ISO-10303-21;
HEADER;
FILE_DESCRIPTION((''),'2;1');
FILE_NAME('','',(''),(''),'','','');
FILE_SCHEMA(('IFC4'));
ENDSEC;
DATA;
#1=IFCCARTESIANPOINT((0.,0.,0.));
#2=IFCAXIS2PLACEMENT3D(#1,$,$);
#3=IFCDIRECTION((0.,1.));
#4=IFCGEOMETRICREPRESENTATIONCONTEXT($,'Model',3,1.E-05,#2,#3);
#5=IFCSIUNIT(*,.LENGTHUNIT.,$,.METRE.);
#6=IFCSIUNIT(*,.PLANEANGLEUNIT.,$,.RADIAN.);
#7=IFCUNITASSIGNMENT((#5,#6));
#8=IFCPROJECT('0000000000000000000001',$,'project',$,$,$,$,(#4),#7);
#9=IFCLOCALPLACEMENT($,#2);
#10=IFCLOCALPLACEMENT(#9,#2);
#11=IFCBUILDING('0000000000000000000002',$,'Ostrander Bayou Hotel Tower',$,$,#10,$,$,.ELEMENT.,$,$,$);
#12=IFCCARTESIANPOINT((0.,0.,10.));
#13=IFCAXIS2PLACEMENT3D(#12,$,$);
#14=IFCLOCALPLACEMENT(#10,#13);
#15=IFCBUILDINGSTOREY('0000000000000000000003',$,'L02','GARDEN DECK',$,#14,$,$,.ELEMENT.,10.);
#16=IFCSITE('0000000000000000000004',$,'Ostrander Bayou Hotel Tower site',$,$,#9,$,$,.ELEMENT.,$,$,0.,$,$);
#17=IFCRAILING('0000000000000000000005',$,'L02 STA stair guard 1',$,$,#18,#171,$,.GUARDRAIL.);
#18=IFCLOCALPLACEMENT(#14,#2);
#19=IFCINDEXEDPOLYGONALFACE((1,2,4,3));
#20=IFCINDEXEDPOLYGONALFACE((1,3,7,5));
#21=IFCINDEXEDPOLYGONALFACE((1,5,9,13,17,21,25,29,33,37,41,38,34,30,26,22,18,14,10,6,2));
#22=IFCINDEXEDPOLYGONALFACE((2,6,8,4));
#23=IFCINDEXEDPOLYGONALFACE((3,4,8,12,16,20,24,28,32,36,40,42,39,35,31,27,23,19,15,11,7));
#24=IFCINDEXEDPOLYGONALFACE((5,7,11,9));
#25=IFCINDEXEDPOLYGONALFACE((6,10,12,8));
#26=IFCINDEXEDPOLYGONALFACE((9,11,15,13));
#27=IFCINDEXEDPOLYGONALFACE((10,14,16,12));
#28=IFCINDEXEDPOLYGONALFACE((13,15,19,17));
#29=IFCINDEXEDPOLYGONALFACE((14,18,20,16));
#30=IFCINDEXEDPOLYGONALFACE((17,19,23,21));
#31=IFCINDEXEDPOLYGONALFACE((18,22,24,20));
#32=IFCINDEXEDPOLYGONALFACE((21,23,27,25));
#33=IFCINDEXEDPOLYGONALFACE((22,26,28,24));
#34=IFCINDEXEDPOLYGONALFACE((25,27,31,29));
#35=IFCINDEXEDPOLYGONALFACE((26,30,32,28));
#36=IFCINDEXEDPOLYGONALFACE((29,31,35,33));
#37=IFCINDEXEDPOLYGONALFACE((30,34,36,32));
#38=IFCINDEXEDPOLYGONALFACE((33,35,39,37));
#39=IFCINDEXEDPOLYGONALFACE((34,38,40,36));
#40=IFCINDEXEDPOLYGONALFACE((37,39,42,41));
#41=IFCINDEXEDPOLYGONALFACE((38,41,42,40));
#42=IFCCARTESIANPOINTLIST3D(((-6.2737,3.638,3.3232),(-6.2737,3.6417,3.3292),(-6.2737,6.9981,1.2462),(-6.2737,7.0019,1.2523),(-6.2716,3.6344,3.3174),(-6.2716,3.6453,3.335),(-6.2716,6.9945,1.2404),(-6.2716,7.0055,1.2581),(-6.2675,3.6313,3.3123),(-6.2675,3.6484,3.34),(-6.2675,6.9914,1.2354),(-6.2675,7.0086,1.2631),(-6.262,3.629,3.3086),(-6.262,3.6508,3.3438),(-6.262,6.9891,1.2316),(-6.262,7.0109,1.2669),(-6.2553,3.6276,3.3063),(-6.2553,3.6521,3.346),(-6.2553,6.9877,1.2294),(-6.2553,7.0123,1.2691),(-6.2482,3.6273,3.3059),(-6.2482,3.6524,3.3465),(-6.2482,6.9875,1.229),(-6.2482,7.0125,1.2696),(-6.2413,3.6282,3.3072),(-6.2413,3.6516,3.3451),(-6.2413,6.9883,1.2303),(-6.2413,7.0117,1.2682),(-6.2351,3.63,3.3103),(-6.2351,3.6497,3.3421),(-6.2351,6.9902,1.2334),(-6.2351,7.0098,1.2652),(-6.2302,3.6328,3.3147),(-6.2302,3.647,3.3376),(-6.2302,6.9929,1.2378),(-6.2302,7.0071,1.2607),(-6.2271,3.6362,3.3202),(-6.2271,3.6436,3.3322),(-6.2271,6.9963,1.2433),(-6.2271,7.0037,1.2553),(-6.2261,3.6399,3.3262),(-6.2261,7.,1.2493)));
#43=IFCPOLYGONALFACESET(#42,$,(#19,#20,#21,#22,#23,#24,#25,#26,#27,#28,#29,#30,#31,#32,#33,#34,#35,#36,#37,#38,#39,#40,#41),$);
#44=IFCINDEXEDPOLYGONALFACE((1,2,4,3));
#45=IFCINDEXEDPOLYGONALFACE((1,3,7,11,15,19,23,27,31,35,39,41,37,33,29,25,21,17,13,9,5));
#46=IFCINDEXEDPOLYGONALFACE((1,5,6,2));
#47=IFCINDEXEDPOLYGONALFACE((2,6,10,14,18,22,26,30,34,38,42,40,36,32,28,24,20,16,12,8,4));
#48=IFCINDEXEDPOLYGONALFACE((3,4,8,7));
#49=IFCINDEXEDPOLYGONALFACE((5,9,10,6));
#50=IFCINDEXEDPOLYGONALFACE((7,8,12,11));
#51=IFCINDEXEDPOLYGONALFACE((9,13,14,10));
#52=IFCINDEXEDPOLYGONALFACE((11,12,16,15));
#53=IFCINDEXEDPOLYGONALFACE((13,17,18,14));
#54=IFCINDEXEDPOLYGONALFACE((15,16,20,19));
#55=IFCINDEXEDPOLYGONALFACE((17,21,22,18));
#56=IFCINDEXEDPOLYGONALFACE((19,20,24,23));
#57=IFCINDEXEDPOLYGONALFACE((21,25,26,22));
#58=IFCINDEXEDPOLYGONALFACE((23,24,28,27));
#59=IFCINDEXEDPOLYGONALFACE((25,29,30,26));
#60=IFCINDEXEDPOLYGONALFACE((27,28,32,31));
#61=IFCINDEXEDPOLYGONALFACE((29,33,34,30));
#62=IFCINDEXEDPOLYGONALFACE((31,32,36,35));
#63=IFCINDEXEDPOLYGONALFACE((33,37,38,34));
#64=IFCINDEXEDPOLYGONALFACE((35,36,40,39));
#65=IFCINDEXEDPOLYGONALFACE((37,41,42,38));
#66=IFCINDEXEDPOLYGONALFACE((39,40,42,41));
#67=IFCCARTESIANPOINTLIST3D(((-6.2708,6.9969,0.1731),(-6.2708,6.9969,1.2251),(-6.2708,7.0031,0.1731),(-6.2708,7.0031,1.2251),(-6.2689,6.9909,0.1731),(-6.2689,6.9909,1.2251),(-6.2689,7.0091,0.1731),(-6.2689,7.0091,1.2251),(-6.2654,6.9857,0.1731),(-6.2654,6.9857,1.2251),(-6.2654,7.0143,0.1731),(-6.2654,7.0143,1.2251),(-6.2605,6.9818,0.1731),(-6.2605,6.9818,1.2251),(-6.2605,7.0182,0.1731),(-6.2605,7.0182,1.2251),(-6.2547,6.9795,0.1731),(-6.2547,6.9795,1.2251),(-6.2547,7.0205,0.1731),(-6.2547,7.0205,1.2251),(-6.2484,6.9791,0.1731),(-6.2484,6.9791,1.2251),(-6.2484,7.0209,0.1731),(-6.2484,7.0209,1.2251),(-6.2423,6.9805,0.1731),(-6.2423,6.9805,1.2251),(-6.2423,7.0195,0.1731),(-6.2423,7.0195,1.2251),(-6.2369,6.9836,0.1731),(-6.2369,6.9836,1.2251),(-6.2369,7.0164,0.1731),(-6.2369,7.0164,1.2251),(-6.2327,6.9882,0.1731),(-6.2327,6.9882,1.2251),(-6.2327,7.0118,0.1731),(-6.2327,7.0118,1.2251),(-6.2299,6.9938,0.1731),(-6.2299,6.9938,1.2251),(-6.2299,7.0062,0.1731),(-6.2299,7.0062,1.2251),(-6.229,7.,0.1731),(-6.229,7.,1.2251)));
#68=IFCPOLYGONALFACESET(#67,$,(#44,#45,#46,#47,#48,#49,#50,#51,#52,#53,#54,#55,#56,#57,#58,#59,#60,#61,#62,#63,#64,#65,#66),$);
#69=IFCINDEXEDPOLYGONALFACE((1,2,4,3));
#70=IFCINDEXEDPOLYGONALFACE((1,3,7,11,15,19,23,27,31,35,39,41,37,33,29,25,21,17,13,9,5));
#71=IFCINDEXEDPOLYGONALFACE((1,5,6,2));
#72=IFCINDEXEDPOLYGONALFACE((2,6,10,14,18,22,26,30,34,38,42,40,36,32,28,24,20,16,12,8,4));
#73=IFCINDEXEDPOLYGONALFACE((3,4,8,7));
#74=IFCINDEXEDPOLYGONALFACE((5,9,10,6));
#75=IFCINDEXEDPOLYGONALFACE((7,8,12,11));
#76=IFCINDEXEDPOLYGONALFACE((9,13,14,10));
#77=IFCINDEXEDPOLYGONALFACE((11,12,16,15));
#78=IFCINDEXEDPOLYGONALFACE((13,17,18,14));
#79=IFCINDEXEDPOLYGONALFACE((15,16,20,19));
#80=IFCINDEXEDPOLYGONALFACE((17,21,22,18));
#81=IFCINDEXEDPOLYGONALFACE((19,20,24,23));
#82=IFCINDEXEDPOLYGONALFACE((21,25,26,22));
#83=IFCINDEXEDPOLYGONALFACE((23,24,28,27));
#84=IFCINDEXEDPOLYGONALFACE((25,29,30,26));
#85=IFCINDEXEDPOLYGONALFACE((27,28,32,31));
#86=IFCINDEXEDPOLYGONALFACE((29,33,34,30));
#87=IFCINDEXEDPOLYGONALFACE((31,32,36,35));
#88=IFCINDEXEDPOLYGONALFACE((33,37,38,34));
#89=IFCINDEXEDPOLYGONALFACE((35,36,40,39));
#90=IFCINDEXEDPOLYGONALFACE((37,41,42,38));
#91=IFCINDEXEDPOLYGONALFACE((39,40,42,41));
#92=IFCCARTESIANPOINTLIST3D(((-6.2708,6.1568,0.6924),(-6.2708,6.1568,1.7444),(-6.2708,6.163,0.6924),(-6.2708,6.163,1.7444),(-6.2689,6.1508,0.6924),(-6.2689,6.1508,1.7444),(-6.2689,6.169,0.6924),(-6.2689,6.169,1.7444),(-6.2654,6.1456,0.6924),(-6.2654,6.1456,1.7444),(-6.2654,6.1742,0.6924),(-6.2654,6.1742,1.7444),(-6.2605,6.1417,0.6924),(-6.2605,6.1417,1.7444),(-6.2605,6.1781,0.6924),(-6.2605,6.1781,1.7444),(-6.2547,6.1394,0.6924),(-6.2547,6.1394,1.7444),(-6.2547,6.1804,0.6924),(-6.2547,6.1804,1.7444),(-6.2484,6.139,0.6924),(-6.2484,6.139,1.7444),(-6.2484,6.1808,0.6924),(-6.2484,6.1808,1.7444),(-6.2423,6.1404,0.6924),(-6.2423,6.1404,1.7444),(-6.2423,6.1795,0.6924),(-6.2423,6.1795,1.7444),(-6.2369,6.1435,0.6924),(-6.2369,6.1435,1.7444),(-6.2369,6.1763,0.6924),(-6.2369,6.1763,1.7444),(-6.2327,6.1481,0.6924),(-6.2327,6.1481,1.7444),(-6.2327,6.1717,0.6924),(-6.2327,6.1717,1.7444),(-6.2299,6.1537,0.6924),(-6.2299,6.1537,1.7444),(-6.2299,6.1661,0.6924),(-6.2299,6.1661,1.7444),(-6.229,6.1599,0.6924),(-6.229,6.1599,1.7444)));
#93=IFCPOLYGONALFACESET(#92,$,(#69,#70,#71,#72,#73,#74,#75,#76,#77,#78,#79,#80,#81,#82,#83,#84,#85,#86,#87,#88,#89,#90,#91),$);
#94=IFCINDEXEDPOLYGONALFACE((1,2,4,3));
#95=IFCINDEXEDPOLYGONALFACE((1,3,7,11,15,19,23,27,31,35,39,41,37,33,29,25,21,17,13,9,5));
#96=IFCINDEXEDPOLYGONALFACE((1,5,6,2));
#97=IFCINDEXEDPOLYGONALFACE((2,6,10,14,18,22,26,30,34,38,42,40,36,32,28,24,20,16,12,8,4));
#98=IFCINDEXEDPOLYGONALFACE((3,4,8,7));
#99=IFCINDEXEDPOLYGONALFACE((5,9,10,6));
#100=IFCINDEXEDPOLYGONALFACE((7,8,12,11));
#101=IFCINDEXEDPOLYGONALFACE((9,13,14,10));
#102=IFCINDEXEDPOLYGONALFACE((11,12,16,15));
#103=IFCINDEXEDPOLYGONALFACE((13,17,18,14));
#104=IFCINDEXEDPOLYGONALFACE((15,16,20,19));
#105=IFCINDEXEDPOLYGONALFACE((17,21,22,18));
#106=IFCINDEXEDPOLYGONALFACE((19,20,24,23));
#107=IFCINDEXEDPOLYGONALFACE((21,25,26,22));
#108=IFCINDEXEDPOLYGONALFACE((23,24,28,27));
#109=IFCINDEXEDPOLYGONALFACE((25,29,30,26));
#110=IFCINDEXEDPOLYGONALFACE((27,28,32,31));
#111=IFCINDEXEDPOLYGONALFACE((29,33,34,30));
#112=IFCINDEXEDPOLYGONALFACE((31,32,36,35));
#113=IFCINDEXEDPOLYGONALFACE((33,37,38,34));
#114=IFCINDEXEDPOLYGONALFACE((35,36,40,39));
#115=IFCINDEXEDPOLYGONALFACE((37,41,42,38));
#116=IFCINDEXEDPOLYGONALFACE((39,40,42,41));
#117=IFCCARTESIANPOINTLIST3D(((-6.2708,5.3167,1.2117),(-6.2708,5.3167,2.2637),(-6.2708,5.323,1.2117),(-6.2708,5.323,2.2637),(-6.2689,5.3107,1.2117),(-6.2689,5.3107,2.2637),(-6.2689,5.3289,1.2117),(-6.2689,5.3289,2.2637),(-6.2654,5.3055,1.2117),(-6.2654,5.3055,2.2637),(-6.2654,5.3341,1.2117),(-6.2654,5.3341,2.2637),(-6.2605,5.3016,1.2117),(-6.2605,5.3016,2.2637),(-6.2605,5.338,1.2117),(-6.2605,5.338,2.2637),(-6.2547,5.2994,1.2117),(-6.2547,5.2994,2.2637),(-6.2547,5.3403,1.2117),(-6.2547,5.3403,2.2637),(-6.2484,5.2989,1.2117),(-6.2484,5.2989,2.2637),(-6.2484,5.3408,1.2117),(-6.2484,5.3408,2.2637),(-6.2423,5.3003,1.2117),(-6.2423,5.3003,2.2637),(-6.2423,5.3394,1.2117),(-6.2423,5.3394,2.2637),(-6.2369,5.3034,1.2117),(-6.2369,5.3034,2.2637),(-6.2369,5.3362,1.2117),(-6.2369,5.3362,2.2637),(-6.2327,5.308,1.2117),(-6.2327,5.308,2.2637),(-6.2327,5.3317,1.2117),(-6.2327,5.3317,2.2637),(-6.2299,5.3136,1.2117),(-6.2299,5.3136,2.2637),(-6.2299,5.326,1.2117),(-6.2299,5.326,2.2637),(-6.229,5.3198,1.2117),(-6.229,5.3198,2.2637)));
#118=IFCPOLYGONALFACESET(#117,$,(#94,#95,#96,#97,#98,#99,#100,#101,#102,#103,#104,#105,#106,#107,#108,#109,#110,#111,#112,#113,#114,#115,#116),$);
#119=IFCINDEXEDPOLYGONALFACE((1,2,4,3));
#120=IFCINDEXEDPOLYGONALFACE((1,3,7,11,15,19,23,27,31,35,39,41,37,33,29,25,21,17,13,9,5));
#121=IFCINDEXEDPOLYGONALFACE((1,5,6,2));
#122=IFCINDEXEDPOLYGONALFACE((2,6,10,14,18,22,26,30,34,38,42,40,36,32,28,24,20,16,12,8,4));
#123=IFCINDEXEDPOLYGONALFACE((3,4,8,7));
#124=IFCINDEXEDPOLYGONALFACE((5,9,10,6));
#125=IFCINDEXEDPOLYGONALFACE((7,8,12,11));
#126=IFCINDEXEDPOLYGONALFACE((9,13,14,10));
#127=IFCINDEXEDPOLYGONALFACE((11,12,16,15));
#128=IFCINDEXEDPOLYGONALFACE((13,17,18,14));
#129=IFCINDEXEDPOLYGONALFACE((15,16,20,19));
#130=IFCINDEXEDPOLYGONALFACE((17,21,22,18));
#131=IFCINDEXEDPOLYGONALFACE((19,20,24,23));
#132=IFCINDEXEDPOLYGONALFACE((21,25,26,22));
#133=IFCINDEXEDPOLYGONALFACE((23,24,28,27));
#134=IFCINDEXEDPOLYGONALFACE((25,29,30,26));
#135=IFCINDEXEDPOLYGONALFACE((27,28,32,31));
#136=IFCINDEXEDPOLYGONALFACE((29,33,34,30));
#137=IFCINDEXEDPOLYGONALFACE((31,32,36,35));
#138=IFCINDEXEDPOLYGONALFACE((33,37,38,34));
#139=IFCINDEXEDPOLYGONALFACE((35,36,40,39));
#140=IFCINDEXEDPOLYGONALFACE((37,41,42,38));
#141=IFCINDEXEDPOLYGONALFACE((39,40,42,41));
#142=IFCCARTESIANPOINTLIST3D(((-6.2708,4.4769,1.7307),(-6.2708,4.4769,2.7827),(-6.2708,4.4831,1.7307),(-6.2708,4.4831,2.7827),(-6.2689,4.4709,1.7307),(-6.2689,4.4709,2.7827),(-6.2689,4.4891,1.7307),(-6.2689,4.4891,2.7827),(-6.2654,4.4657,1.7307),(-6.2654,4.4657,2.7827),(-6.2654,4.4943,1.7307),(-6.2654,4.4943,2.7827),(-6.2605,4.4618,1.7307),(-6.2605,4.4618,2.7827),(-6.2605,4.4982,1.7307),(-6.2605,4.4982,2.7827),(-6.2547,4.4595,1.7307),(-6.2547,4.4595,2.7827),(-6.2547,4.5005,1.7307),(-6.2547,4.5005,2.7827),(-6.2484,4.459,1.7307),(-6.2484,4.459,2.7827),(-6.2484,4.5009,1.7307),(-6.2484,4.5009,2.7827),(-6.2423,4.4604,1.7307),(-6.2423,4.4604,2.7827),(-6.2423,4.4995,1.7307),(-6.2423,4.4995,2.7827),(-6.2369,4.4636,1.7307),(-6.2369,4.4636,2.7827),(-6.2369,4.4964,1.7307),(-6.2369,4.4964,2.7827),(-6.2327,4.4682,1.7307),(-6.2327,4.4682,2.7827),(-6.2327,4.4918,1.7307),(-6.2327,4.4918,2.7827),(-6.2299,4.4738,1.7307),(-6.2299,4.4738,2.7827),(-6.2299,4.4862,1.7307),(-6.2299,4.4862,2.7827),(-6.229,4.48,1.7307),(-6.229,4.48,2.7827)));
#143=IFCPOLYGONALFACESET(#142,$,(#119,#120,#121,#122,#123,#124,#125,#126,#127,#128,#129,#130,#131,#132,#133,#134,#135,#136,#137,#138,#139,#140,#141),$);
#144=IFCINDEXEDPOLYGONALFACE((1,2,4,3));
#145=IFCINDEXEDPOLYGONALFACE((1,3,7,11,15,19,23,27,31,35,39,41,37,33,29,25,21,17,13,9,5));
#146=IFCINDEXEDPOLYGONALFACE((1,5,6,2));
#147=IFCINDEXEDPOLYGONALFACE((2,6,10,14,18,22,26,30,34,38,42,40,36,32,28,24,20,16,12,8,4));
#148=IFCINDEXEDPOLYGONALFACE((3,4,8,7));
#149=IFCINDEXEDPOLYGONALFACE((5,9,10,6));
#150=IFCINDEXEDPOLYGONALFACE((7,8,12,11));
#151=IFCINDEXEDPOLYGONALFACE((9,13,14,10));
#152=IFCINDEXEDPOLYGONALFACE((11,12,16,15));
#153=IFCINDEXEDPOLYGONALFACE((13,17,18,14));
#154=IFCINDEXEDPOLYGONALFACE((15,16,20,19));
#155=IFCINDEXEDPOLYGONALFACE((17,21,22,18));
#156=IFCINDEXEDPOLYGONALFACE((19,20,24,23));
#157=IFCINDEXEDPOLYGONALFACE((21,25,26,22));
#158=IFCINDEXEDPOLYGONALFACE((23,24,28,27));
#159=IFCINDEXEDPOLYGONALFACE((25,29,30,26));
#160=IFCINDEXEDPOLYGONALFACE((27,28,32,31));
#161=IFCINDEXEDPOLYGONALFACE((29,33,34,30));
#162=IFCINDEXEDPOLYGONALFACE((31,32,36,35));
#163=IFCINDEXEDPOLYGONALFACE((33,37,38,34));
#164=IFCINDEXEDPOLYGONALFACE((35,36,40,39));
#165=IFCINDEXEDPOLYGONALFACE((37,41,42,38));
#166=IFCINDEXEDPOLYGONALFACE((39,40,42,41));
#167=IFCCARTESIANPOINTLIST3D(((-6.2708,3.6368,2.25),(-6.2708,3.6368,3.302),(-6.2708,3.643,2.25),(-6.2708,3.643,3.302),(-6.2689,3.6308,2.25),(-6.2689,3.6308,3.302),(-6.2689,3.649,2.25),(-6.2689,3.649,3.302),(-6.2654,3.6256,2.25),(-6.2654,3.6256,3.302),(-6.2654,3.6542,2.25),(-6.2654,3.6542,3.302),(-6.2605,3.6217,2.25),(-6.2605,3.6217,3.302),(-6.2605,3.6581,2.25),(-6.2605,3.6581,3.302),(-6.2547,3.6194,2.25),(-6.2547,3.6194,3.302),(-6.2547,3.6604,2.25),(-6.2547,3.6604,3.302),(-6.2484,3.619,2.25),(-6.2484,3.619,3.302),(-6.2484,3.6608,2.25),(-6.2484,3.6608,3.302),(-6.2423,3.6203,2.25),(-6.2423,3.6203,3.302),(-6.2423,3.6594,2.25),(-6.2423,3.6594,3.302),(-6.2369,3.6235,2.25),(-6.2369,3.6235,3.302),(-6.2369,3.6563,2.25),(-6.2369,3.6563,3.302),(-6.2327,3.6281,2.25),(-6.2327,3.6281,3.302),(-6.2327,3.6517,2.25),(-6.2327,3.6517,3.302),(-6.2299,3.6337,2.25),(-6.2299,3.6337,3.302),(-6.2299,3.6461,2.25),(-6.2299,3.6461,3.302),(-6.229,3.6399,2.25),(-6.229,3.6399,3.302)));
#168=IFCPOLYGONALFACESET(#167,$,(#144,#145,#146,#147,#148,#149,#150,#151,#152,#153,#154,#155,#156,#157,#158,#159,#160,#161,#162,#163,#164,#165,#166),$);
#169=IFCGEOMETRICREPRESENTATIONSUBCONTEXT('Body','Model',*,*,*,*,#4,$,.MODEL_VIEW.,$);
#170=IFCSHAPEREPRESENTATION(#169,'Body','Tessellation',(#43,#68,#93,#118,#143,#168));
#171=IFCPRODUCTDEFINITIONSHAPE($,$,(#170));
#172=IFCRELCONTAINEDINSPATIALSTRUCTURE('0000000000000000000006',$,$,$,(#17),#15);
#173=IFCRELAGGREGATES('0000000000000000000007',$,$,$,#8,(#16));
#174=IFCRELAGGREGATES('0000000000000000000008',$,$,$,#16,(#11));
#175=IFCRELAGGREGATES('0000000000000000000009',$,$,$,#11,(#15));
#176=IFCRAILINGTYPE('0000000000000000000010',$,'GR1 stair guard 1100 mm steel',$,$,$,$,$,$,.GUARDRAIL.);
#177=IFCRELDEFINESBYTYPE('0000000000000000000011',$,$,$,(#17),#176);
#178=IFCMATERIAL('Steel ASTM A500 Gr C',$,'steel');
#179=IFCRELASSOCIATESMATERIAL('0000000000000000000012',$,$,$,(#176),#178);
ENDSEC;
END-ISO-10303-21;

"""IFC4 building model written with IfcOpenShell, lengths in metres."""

from ifc_helpers import new_model, si_unit, direction, frame, origin, origin_2d, place, context, subcontext, project, spatial, circle, extrude, material, type_object, element, save


model = new_model("IFC4")

# Units and contexts
model_context = context("Model", 3, precision=1e-05, world=origin(), true_north=direction((0.0, 1.0)))
body_context = subcontext(model_context, "Body", "Model", "MODEL_VIEW")
ifc_project = project(units=[si_unit("LENGTHUNIT", "METRE"), si_unit("PLANEANGLEUNIT", "RADIAN")], contexts=[model_context])

# Site, building, storey
site_placement = place(None, origin())
site = spatial("IfcSite", under=ifc_project, at=site_placement, Name="Ostrander Bayou Hotel Tower site", CompositionType="ELEMENT", RefElevation=0.0)
building_placement = place(site_placement, origin())
building = spatial("IfcBuilding", under=site, at=building_placement, Name="Ostrander Bayou Hotel Tower", CompositionType="ELEMENT")
storey_placement = place(building_placement, frame((0.0, 0.0, 10.0)))
storey = spatial("IfcBuildingStorey", under=building, at=storey_placement, Name="L02", Description="GARDEN DECK", CompositionType="ELEMENT", Elevation=10.0)

# Railing
ifc_material_1 = material(Name="Steel ASTM A500 Gr C", Category="steel")
railing_type = type_object("IfcRailingType", Name="GR1 stair guard 1100 mm steel", PredefinedType="GUARDRAIL", material=ifc_material_1)
railing_1_placement = place(storey_placement, frame((-6.25, 7.0, 0.1731)))
element("IfcRailing", 1, at=railing_1_placement, inside=storey, type_object=railing_type, Name="L02 STA stair guard 1", PredefinedType="GUARDRAIL", context=body_context, shape_type="SweptSolid", body=[
    extrude(circle(Radius=0.0239, at=origin_2d()), frame((0.0, 0.0, 1.0762), z_axis=(0.0, -0.850623, 0.525776), x_axis=(1.0, 0.0, 0.0)), (0.0, 0.0, 1.0), 3.9502),
    extrude(circle(Radius=0.021, at=origin_2d()), origin(), (0.0, 0.0, 1.0), 1.052),
    extrude(circle(Radius=0.021, at=origin_2d()), frame((0.0, -0.8401, 0.5193)), (0.0, 0.0, 1.0), 1.052),
    extrude(circle(Radius=0.021, at=origin_2d()), frame((0.0, -1.6802, 1.0386)), (0.0, 0.0, 1.0), 1.052),
    extrude(circle(Radius=0.021, at=origin_2d()), frame((0.0, -2.52, 1.5576)), (0.0, 0.0, 1.0), 1.052),
    extrude(circle(Radius=0.021, at=origin_2d()), frame((0.0, -3.3601, 2.0769)), (0.0, 0.0, 1.0), 1.052),
])

save(model, "model.ifc")
